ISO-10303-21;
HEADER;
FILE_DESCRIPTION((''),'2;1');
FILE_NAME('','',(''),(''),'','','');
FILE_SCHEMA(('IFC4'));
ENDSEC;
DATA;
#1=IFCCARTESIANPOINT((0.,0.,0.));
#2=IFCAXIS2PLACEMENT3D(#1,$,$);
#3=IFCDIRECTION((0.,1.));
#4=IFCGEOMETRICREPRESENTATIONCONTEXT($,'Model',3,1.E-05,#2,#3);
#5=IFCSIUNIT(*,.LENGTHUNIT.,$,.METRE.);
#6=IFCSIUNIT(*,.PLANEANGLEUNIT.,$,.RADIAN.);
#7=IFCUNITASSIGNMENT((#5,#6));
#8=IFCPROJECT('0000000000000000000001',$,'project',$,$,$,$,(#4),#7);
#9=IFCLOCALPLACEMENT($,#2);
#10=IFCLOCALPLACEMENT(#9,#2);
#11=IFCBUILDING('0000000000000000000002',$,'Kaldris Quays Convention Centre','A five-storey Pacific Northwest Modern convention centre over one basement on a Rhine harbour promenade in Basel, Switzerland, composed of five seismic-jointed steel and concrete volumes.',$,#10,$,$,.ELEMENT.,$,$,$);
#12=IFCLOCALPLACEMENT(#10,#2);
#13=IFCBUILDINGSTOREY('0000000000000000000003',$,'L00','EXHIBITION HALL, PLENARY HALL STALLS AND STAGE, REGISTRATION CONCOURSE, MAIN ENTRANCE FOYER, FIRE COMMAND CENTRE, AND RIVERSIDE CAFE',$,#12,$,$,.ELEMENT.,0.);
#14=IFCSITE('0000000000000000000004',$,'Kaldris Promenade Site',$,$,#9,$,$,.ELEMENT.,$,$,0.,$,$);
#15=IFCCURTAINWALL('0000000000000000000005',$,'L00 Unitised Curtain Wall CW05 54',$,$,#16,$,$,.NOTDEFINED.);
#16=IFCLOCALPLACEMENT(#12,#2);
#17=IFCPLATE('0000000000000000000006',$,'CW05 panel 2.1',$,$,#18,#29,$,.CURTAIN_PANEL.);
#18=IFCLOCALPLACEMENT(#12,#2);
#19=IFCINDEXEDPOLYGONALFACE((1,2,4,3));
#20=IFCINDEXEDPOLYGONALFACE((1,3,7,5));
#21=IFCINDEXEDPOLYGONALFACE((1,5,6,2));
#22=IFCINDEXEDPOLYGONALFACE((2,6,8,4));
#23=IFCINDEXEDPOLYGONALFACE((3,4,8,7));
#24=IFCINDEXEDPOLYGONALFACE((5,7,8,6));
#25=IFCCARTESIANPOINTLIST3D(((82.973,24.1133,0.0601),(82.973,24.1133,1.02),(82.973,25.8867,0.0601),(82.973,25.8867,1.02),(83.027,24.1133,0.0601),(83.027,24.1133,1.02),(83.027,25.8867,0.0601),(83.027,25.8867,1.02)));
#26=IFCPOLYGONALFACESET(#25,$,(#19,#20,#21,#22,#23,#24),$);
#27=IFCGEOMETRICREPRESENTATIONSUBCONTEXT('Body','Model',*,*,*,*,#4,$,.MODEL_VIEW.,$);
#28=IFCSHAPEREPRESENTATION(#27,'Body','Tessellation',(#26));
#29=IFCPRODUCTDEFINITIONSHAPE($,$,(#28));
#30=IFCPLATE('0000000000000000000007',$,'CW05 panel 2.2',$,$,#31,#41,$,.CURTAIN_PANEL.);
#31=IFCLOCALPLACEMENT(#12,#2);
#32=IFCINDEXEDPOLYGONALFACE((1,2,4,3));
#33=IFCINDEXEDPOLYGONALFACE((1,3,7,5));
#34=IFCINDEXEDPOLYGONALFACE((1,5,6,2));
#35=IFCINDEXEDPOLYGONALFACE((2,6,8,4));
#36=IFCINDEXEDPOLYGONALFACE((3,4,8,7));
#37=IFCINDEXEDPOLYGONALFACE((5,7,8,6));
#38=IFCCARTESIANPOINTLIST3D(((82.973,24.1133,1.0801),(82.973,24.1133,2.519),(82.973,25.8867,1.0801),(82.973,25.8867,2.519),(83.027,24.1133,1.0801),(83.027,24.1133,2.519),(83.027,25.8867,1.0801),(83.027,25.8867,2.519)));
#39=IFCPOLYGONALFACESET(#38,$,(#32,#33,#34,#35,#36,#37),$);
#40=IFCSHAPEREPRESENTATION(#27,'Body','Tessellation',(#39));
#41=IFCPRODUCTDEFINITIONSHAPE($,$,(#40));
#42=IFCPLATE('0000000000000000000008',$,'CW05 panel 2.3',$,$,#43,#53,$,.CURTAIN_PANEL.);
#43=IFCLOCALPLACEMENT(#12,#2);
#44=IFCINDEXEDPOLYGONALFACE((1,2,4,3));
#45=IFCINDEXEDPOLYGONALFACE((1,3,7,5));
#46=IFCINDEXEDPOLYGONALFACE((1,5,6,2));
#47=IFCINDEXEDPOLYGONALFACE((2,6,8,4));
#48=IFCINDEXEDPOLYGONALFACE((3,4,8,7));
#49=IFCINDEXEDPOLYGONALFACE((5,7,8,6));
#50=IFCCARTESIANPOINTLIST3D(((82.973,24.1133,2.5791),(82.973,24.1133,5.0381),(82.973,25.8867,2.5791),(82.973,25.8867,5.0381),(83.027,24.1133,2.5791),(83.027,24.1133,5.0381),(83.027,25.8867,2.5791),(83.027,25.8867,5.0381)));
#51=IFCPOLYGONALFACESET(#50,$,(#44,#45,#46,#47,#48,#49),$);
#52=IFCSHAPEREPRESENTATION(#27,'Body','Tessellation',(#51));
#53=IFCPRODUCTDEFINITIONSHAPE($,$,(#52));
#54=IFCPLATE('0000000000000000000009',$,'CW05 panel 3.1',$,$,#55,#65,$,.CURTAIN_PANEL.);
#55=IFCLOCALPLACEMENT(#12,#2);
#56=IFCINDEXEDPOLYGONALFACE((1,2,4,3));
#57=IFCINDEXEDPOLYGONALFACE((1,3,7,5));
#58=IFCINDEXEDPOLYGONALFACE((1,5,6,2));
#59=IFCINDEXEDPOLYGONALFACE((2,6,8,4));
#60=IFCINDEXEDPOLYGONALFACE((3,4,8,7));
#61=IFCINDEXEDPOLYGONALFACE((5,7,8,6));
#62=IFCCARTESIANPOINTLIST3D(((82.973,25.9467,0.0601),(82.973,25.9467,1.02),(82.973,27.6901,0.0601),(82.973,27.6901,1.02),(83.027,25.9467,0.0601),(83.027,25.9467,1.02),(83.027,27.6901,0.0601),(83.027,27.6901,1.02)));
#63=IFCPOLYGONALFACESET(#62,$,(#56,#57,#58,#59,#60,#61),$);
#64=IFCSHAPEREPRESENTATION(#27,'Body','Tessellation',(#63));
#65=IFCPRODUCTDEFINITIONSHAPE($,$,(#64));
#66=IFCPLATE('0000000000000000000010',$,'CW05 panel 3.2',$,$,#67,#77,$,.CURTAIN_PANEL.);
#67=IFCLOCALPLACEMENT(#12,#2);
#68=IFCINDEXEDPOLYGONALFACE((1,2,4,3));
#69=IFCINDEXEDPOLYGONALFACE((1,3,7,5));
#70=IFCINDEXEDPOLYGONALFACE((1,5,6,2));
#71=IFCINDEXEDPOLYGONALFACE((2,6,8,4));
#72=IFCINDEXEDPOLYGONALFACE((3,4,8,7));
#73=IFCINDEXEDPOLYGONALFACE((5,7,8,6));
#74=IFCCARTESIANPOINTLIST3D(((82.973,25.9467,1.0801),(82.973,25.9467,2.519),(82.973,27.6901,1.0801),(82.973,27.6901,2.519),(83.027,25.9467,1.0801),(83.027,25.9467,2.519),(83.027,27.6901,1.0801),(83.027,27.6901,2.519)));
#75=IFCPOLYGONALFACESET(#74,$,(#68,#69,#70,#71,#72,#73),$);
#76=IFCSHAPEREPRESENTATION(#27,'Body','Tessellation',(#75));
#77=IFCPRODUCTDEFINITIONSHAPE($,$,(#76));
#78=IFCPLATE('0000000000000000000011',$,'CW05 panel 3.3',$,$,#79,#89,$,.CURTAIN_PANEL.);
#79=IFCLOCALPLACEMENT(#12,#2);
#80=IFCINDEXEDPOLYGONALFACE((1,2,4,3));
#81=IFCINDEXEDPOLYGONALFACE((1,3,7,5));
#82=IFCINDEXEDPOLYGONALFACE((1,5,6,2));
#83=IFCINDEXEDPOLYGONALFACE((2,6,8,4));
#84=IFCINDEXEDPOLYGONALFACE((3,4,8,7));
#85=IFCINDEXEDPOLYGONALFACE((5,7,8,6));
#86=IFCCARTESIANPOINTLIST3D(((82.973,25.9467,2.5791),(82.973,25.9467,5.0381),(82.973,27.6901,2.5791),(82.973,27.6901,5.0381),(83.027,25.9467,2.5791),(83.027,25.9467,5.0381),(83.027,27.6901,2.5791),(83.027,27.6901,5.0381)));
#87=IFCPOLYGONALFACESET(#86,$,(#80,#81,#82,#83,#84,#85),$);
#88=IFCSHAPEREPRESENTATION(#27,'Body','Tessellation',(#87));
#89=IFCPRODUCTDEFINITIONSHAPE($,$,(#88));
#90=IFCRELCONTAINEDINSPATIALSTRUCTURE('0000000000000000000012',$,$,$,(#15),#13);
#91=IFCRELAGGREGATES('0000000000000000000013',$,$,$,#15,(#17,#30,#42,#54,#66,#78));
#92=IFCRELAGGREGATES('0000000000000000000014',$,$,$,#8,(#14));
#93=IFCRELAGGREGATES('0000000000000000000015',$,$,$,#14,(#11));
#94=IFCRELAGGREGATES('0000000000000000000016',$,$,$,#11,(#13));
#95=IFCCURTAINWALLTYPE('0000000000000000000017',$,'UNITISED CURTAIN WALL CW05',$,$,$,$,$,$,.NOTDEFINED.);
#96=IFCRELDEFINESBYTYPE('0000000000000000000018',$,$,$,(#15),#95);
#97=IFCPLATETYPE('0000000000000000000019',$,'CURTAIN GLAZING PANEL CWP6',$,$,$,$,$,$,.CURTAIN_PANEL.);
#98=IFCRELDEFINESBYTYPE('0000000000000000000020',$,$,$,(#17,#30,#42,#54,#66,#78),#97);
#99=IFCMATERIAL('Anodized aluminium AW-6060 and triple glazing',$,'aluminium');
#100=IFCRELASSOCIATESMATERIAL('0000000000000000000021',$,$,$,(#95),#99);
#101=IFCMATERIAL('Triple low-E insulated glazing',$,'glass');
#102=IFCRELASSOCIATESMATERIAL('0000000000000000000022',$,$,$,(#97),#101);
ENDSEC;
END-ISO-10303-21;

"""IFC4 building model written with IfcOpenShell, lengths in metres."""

from ifc_helpers import new_model, si_unit, direction, frame, origin, origin_2d, place, context, subcontext, project, spatial, rectangle, extrude, material, type_object, element, aggregate, save


model = new_model("IFC4")

# Units and contexts
model_context = context("Model", 3, precision=1e-05, world=origin(), true_north=direction((0.0, 1.0)))
body_context = subcontext(model_context, "Body", "Model", "MODEL_VIEW")
ifc_project = project(units=[si_unit("LENGTHUNIT", "METRE"), si_unit("PLANEANGLEUNIT", "RADIAN")], contexts=[model_context])

# Site, building, storey
site_placement = place(None, origin())
site = spatial("IfcSite", under=ifc_project, at=site_placement, Name="Kaldris Promenade Site", CompositionType="ELEMENT", RefElevation=0.0)
building_placement = place(site_placement, origin())
building = spatial("IfcBuilding", under=site, at=building_placement, Name="Kaldris Quays Convention Centre", Description="A five-storey Pacific Northwest Modern convention centre over one basement on a Rhine harbour promenade in Basel, Switzerland, composed of five seismic-jointed steel and concrete volumes.", CompositionType="ELEMENT")
storey_placement = place(building_placement, origin())
storey = spatial("IfcBuildingStorey", under=building, at=storey_placement, Name="L00", Description="EXHIBITION HALL, PLENARY HALL STALLS AND STAGE, REGISTRATION CONCOURSE, MAIN ENTRANCE FOYER, FIRE COMMAND CENTRE, AND RIVERSIDE CAFE", CompositionType="ELEMENT", Elevation=0.0)

# Curtain wall
ifc_material_1 = material(Name="Anodized aluminium AW-6060 and triple glazing", Category="aluminium")
curtain_wall_type = type_object("IfcCurtainWallType", Name="UNITISED CURTAIN WALL CW05", PredefinedType="NOTDEFINED", material=ifc_material_1)
curtain_wall_placement = place(storey_placement, origin())
curtain_wall = element("IfcCurtainWall", 1, at=curtain_wall_placement, inside=storey, type_object=curtain_wall_type, Name="L00 Unitised Curtain Wall CW05 54", PredefinedType="NOTDEFINED")

# Plates
ifc_material_2 = material(Name="Triple low-E insulated glazing", Category="glass")
plate_type = type_object("IfcPlateType", Name="CURTAIN GLAZING PANEL CWP6", PredefinedType="CURTAIN_PANEL", material=ifc_material_2)
plate_1_placement = place(storey_placement, frame((83.0, 25.0, 0.0601), z_axis=(0.0, 0.0, 1.0), x_axis=(0.0, 1.0, 0.0)))
plate_1 = element("IfcPlate", 2, at=plate_1_placement, type_object=plate_type, Name="CW05 panel 2.1", PredefinedType="CURTAIN_PANEL", context=body_context, shape_type="SweptSolid", body=[
    extrude(rectangle(XDim=1.7734, YDim=0.054, at=origin_2d()), origin(), (0.0, 0.0, 1.0), 0.96),
])
plate_2_placement = place(storey_placement, frame((83.0, 25.0, 1.0801), z_axis=(0.0, 0.0, 1.0), x_axis=(0.0, 1.0, 0.0)))
plate_2 = element("IfcPlate", 3, at=plate_2_placement, type_object=plate_type, Name="CW05 panel 2.2", PredefinedType="CURTAIN_PANEL", context=body_context, shape_type="SweptSolid", body=[
    extrude(rectangle(XDim=1.7734, YDim=0.054, at=origin_2d()), origin(), (0.0, 0.0, 1.0), 1.439),
])
plate_3_placement = place(storey_placement, frame((83.0, 25.0, 2.5791), z_axis=(0.0, 0.0, 1.0), x_axis=(0.0, 1.0, 0.0)))
plate_3 = element("IfcPlate", 4, at=plate_3_placement, type_object=plate_type, Name="CW05 panel 2.3", PredefinedType="CURTAIN_PANEL", context=body_context, shape_type="SweptSolid", body=[
    extrude(rectangle(XDim=1.7734, YDim=0.054, at=origin_2d()), origin(), (0.0, 0.0, 1.0), 2.459),
])
plate_4_placement = place(storey_placement, frame((83.0, 26.8184, 0.0601), z_axis=(0.0, 0.0, 1.0), x_axis=(0.0, 1.0, 0.0)))
plate_4 = element("IfcPlate", 5, at=plate_4_placement, type_object=plate_type, Name="CW05 panel 3.1", PredefinedType="CURTAIN_PANEL", context=body_context, shape_type="SweptSolid", body=[
    extrude(rectangle(XDim=1.7434, YDim=0.054, at=origin_2d()), origin(), (0.0, 0.0, 1.0), 0.96),
])
plate_5_placement = place(storey_placement, frame((83.0, 26.8184, 1.0801), z_axis=(0.0, 0.0, 1.0), x_axis=(0.0, 1.0, 0.0)))
plate_5 = element("IfcPlate", 6, at=plate_5_placement, type_object=plate_type, Name="CW05 panel 3.2", PredefinedType="CURTAIN_PANEL", context=body_context, shape_type="SweptSolid", body=[
    extrude(rectangle(XDim=1.7434, YDim=0.054, at=origin_2d()), origin(), (0.0, 0.0, 1.0), 1.439),
])
plate_6_placement = place(storey_placement, frame((83.0, 26.8184, 2.5791), z_axis=(0.0, 0.0, 1.0), x_axis=(0.0, 1.0, 0.0)))
plate_6 = element("IfcPlate", 7, at=plate_6_placement, type_object=plate_type, Name="CW05 panel 3.3", PredefinedType="CURTAIN_PANEL", context=body_context, shape_type="SweptSolid", body=[
    extrude(rectangle(XDim=1.7434, YDim=0.054, at=origin_2d()), origin(), (0.0, 0.0, 1.0), 2.459),
])
aggregate(curtain_wall, [plate_1, plate_2, plate_3, plate_4, plate_5, plate_6])

save(model, "model.ifc")
